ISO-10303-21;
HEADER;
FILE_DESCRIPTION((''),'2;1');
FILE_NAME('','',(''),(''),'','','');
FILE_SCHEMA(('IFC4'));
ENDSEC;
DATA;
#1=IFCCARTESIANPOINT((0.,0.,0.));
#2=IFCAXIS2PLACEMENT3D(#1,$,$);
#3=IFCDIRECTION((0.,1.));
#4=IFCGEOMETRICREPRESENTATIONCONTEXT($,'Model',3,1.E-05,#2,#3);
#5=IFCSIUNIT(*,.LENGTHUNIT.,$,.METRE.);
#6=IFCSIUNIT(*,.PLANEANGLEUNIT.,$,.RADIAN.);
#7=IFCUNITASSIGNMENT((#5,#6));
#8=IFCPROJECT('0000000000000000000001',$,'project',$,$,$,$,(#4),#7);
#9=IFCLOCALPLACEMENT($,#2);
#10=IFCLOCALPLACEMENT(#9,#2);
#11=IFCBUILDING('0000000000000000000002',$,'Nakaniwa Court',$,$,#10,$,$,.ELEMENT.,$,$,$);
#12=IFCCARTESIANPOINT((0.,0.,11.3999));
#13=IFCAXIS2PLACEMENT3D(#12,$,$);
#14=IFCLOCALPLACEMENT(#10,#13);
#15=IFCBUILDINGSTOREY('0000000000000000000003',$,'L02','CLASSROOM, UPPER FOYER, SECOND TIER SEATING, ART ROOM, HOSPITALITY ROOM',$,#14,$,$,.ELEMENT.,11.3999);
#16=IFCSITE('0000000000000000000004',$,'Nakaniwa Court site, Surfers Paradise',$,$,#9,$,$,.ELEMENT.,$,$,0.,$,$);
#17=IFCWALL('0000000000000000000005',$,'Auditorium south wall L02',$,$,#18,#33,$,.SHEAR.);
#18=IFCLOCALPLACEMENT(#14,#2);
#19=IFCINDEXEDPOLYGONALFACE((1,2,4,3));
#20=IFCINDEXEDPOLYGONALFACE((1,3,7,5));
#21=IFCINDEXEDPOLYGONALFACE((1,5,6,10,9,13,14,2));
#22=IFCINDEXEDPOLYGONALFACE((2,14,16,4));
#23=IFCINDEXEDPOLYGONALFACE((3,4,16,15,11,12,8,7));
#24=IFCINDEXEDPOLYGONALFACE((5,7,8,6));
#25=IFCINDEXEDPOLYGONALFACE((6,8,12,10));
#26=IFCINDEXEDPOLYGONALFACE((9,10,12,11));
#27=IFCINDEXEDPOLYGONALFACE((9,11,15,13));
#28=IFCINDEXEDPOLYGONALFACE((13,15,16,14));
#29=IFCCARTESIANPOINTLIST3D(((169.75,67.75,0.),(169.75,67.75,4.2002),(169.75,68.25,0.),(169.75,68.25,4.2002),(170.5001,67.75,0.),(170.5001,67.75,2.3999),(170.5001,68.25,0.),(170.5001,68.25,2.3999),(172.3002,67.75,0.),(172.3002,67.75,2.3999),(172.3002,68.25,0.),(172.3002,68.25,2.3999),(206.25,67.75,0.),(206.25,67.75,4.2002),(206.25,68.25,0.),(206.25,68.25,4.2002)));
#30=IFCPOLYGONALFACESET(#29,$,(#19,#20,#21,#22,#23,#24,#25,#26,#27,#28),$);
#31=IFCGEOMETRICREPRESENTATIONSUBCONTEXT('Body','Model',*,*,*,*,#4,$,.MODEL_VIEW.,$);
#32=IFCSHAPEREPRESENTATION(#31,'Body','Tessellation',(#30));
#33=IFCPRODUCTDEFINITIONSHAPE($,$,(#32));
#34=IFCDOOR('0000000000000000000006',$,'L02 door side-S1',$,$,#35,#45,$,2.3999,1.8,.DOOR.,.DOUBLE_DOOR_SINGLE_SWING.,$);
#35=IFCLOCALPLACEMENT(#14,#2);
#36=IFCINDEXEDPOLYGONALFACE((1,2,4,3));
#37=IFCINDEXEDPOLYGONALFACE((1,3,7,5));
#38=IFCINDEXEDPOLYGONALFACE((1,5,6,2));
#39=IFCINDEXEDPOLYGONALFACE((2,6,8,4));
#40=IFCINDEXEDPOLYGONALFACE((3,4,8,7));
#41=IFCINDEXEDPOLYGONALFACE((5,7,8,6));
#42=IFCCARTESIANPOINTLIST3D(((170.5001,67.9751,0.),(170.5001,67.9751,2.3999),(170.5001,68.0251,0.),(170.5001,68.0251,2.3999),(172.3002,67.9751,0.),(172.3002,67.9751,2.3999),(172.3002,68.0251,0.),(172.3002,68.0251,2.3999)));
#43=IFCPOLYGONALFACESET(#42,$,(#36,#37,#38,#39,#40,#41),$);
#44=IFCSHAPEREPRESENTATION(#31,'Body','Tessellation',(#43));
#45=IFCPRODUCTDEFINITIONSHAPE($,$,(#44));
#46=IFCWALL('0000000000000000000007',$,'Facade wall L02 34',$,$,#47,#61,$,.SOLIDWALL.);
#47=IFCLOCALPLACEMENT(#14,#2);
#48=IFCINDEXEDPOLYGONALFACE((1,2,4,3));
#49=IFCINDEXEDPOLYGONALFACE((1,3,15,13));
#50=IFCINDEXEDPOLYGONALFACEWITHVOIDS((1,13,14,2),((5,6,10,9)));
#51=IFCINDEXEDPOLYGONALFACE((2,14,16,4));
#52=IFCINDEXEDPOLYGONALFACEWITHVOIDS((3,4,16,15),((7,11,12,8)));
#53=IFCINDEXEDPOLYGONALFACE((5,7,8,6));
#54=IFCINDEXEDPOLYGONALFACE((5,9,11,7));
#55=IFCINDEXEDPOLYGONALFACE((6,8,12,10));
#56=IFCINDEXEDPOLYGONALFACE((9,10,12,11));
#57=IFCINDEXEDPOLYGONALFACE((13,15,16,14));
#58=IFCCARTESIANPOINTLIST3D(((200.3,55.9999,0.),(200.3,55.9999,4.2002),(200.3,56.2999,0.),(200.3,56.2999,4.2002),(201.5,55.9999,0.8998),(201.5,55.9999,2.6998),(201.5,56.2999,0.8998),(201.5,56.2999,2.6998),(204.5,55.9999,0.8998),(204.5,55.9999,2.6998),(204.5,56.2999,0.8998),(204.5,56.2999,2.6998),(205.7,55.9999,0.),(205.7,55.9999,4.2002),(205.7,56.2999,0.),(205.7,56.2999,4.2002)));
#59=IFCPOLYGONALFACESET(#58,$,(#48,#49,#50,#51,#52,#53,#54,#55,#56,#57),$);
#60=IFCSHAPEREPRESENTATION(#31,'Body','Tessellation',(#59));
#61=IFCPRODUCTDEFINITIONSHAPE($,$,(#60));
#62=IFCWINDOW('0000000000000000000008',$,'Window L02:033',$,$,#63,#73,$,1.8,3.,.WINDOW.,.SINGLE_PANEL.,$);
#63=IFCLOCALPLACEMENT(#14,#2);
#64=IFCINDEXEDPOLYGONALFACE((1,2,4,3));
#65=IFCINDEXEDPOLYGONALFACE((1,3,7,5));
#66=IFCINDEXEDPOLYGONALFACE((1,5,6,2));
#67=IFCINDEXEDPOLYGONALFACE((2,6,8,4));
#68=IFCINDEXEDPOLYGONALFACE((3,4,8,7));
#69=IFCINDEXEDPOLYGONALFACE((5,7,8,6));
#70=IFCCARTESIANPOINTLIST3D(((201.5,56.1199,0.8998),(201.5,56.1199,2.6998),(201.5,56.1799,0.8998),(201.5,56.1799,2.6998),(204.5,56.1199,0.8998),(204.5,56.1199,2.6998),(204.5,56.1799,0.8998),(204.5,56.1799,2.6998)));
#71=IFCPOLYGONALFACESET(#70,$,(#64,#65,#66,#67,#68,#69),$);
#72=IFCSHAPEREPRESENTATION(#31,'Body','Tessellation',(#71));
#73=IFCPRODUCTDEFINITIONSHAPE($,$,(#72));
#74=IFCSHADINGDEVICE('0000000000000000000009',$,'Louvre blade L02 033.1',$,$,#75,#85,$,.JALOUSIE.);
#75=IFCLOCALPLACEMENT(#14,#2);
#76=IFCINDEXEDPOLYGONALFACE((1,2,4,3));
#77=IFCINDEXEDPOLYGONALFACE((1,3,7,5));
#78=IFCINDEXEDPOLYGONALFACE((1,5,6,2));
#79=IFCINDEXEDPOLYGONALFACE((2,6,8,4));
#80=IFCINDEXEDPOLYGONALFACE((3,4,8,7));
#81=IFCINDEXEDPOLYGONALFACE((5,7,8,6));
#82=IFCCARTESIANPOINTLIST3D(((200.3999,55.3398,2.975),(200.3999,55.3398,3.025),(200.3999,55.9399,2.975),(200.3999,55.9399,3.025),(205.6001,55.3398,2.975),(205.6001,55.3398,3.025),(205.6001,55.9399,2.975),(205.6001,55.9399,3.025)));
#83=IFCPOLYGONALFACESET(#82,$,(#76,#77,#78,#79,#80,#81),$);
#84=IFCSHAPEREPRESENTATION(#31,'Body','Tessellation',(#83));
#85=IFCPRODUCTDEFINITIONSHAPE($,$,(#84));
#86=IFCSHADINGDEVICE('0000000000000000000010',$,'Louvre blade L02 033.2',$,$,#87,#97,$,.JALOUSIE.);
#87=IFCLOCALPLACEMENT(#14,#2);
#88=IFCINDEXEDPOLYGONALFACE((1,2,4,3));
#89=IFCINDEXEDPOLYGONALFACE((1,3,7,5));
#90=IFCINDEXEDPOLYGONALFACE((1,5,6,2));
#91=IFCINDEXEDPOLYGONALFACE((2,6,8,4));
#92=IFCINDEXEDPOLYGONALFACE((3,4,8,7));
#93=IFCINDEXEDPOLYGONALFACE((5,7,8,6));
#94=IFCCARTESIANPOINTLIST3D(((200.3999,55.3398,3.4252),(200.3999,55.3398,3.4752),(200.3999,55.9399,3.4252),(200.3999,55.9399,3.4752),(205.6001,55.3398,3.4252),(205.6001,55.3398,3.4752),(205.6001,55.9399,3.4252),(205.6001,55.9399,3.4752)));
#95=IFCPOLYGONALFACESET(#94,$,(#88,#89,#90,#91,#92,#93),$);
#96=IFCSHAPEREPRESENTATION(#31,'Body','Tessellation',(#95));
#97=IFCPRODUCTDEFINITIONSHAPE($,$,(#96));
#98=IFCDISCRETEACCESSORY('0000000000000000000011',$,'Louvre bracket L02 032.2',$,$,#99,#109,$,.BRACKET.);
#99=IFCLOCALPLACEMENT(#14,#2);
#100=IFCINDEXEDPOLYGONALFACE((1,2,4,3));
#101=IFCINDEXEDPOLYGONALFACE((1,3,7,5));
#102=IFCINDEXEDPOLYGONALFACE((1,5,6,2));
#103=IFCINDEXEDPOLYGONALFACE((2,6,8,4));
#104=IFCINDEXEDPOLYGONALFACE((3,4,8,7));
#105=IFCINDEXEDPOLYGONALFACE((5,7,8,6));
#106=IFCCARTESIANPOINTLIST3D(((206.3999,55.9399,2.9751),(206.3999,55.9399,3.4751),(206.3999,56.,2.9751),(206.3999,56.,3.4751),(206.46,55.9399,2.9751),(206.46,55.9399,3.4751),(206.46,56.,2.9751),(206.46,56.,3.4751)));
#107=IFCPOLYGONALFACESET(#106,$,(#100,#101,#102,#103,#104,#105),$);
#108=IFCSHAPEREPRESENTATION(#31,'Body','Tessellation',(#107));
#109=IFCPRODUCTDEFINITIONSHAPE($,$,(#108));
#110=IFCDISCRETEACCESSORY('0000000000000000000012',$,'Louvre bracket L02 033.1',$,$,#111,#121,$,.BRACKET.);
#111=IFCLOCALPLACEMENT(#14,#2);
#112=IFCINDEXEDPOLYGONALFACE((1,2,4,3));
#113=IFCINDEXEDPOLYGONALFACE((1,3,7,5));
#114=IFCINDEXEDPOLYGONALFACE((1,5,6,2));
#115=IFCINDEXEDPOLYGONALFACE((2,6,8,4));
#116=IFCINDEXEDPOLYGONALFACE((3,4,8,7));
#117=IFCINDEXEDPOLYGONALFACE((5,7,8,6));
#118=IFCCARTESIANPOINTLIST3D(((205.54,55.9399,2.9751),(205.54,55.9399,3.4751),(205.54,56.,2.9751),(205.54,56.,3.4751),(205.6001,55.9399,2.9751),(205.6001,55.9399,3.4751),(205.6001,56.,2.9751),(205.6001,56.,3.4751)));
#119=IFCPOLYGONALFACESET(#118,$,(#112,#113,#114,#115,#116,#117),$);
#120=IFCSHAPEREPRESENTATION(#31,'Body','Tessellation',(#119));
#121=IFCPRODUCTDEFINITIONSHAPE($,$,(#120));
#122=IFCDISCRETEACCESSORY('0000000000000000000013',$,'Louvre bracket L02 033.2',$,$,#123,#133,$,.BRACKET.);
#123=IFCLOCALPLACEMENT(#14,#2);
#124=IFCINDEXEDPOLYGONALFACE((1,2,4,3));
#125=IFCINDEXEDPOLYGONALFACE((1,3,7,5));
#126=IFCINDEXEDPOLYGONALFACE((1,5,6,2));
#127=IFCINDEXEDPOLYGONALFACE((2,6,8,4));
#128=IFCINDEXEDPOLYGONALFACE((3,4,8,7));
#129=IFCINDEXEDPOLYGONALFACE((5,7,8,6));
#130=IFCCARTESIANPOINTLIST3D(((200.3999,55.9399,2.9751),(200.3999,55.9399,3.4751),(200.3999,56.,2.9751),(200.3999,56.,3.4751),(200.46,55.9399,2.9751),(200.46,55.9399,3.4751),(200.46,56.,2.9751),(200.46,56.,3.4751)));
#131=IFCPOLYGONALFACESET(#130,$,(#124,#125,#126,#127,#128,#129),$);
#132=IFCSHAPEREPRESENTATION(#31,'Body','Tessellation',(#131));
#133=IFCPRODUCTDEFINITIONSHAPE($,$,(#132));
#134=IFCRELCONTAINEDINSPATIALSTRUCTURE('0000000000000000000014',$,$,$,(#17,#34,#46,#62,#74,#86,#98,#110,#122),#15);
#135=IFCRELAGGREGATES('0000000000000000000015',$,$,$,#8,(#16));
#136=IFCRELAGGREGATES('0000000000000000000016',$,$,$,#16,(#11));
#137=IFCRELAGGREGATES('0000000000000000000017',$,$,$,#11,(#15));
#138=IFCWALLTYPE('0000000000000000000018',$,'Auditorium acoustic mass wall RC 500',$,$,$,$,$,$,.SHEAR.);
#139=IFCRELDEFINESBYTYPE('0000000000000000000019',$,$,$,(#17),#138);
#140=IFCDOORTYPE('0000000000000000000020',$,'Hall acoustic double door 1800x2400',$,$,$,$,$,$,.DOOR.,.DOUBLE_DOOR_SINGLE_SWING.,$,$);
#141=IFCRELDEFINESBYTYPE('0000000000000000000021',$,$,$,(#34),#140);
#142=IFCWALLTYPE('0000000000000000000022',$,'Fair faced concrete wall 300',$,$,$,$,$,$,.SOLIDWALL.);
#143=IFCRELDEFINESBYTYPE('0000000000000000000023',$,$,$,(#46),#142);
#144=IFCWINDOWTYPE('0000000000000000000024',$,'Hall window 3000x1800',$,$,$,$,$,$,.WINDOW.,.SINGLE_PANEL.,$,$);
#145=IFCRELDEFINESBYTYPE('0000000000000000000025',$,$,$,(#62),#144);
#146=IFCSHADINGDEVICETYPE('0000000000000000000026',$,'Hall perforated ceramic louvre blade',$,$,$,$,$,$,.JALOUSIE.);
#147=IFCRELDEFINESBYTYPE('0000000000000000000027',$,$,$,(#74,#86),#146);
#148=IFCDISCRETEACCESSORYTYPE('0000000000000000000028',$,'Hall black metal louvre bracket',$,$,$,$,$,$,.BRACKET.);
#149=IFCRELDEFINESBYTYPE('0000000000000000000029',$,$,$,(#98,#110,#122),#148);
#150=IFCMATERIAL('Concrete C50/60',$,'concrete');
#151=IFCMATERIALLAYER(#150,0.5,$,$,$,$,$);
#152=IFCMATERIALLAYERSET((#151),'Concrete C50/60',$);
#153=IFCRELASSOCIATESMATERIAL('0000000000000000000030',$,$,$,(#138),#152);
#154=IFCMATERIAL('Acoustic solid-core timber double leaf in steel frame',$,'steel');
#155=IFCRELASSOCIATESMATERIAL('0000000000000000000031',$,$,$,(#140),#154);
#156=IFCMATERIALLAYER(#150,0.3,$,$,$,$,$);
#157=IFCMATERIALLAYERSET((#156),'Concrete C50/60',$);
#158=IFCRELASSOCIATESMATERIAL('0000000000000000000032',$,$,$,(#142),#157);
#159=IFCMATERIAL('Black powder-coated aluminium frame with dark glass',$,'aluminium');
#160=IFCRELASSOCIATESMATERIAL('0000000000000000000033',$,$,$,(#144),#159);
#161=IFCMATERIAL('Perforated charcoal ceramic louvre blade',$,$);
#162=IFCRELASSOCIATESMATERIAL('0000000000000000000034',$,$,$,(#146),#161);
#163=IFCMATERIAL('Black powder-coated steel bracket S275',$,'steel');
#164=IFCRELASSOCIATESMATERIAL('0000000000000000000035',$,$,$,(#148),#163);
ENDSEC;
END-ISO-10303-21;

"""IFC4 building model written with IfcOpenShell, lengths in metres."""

from ifc_helpers import new_model, si_unit, direction, frame, frame_2d, origin, origin_2d, place, context, subcontext, project, spatial, rectangle, extrude, material, layer, layer_set, material_profile, profile_set, type_object, element, fill, save


model = new_model("IFC4")

# Units and contexts
model_context = context("Model", 3, precision=1e-05, world=origin(), true_north=direction((0.0, 1.0)))
body_context = subcontext(model_context, "Body", "Model", "MODEL_VIEW")
ifc_project = project(units=[si_unit("LENGTHUNIT", "METRE"), si_unit("PLANEANGLEUNIT", "RADIAN")], contexts=[model_context])

# Site, building, storey
site_placement = place(None, origin())
site = spatial("IfcSite", under=ifc_project, at=site_placement, Name="Nakaniwa Court site, Surfers Paradise", CompositionType="ELEMENT", RefElevation=0.0)
building_placement = place(site_placement, origin())
building = spatial("IfcBuilding", under=site, at=building_placement, Name="Nakaniwa Court", CompositionType="ELEMENT")
storey_placement = place(building_placement, frame((0.0, 0.0, 11.3999)))
storey = spatial("IfcBuildingStorey", under=building, at=storey_placement, Name="L02", Description="CLASSROOM, UPPER FOYER, SECOND TIER SEATING, ART ROOM, HOSPITALITY ROOM", CompositionType="ELEMENT", Elevation=11.3999)

# Shared definitions
ifc_material_1 = material(Name="Concrete C50/60", Category="concrete")

# Wall, opening, door
ifc_layer_1 = layer(ifc_material_1, 0.5)
ifc_layer_set_1 = layer_set([ifc_layer_1], Name="Concrete C50/60")
wall_type_1 = type_object("IfcWallType", Name="Auditorium acoustic mass wall RC 500", PredefinedType="SHEAR", material=ifc_layer_set_1)
wall_1_placement = place(storey_placement, frame((206.25, 68.0, 0.0), z_axis=(0.0, 0.0, 1.0), x_axis=(-1.0, 0.0, 0.0)))
wall_1 = element("IfcWall", 1, at=wall_1_placement, inside=storey, type_object=wall_type_1, Name="Auditorium south wall L02", PredefinedType="SHEAR", context=body_context, shape_type="SweptSolid", body=[
    extrude(rectangle(XDim=36.5, YDim=0.5, at=frame_2d((18.25, 0.0))), origin(), (0.0, 0.0, 1.0), 4.2002),
])
opening_1_placement = place(wall_1_placement, frame((33.95, 0.0, 0.0)))
opening_1 = element("IfcOpeningElement", 2, at=opening_1_placement, cuts=wall_1, PredefinedType="OPENING", context=body_context, shape_type="SweptSolid", body=[
    extrude(rectangle(XDim=1.8, YDim=2.3999, at=frame_2d((0.8999, 1.2))), frame((0.0, 0.26, 0.0), z_axis=(0.0, -1.0, 0.0), x_axis=(1.0, 0.0, 0.0)), (0.0, 0.0, 1.0), 0.52),
])
ifc_material_2 = material(Name="Acoustic solid-core timber double leaf in steel frame", Category="steel")
door_type_1 = type_object("IfcDoorType", Name="Hall acoustic double door 1800x2400", OperationType="DOUBLE_DOOR_SINGLE_SWING", PredefinedType="DOOR", material=ifc_material_2)
door_1_placement = place(opening_1_placement, origin())
door_1 = element("IfcDoor", 3, at=door_1_placement, inside=storey, type_object=door_type_1, Name="L02 door side-S1", OperationType="DOUBLE_DOOR_SINGLE_SWING", OverallHeight=2.3999, OverallWidth=1.8, PredefinedType="DOOR", context=body_context, shape_type="SweptSolid", body=[
    extrude(rectangle(XDim=1.8, YDim=2.3999, at=frame_2d((0.8999, 1.2))), frame((0.0, 0.0249, 0.0), z_axis=(0.0, -1.0, 0.0), x_axis=(1.0, 0.0, 0.0)), (0.0, 0.0, 1.0), 0.05),
])
fill(opening_1, door_1)

# Wall, opening, window
ifc_layer_2 = layer(ifc_material_1, 0.3)
ifc_layer_set_2 = layer_set([ifc_layer_2], Name="Concrete C50/60")
wall_type_2 = type_object("IfcWallType", Name="Fair faced concrete wall 300", PredefinedType="SOLIDWALL", material=ifc_layer_set_2)
wall_2_placement = place(storey_placement, frame((205.7, 56.1499, 0.0), z_axis=(0.0, 0.0, 1.0), x_axis=(-1.0, 0.0, 0.0)))
wall_2 = element("IfcWall", 4, at=wall_2_placement, inside=storey, type_object=wall_type_2, Name="Facade wall L02 34", PredefinedType="SOLIDWALL", context=body_context, shape_type="SweptSolid", body=[
    extrude(rectangle(XDim=5.3999, YDim=0.3, at=frame_2d((2.7, 0.0))), origin(), (0.0, 0.0, 1.0), 4.2002),
])
opening_2_placement = place(wall_2_placement, frame((1.2, 0.0, 0.8999)))
opening_2 = element("IfcOpeningElement", 5, at=opening_2_placement, cuts=wall_2, PredefinedType="OPENING", context=body_context, shape_type="SweptSolid", body=[
    extrude(rectangle(XDim=3.0, YDim=1.8, at=frame_2d((1.5, 0.8999))), frame((0.0, 0.1599, 0.0), z_axis=(0.0, -1.0, 0.0), x_axis=(1.0, 0.0, 0.0)), (0.0, 0.0, 1.0), 0.3201),
])
ifc_material_3 = material(Name="Black powder-coated aluminium frame with dark glass", Category="aluminium")
window_type = type_object("IfcWindowType", Name="Hall window 3000x1800", PartitioningType="SINGLE_PANEL", PredefinedType="WINDOW", material=ifc_material_3)
window_placement = place(opening_2_placement, origin())
window = element("IfcWindow", 6, at=window_placement, inside=storey, type_object=window_type, Name="Window L02:033", OverallHeight=1.8, OverallWidth=3.0, PartitioningType="SINGLE_PANEL", PredefinedType="WINDOW", context=body_context, shape_type="SweptSolid", body=[
    extrude(rectangle(XDim=3.0, YDim=1.8, at=frame_2d((1.5, 0.8999))), frame((0.0, 0.03, 0.0), z_axis=(0.0, -1.0, 0.0), x_axis=(1.0, 0.0, 0.0)), (0.0, 0.0, 1.0), 0.0601),
])
fill(opening_2, window)

# Shading devices
ifc_material_4 = material(Name="Perforated charcoal ceramic louvre blade")
ifc_material_profile_1 = material_profile(ifc_material_4, rectangle(XDim=0.6001, YDim=0.05, at=origin_2d()), Name="Hall perforated ceramic louvre blade")
ifc_profile_set_1 = profile_set([ifc_material_profile_1], Name="Perforated charcoal ceramic louvre blade")
shading_device_type = type_object("IfcShadingDeviceType", Name="Hall perforated ceramic louvre blade", PredefinedType="JALOUSIE", material=ifc_profile_set_1)
for number, where, z_axis, x_axis, name in (
    (7, (205.6001, 55.6399, 3.0), (-1.0, 0.0, 0.0), (0.0, -1.0, 0.0), "Louvre blade L02 033.1"),
    (8, (205.6001, 55.6399, 3.4502), (-1.0, 0.0, 0.0), (0.0, -1.0, 0.0), "Louvre blade L02 033.2"),
):
    element("IfcShadingDevice", number, at=place(storey_placement, frame(where, z_axis=z_axis, x_axis=x_axis)), inside=storey, type_object=shading_device_type, Name=name, PredefinedType="JALOUSIE", context=body_context, shape_type="SweptSolid", body=[
        extrude(rectangle(XDim=0.6001, YDim=0.05, at=origin_2d()), origin(), (0.0, 0.0, 1.0), 5.2002),
    ])

# Discrete accessories
ifc_material_5 = material(Name="Black powder-coated steel bracket S275", Category="steel")
discrete_accessory_type = type_object("IfcDiscreteAccessoryType", Name="Hall black metal louvre bracket", PredefinedType="BRACKET", material=ifc_material_5)
for number, where, z_axis, x_axis, name in (
    (9, (206.4299, 55.97, 2.9751), (0.0, 0.0, 1.0), (-1.0, 0.0, 0.0), "Louvre bracket L02 032.2"),
    (10, (205.5701, 55.97, 2.9751), (0.0, 0.0, 1.0), (-1.0, 0.0, 0.0), "Louvre bracket L02 033.1"),
    (11, (200.4299, 55.97, 2.9751), (0.0, 0.0, 1.0), (-1.0, 0.0, 0.0), "Louvre bracket L02 033.2"),
):
    element("IfcDiscreteAccessory", number, at=place(storey_placement, frame(where, z_axis=z_axis, x_axis=x_axis)), inside=storey, type_object=discrete_accessory_type, Name=name, PredefinedType="BRACKET", context=body_context, shape_type="SweptSolid", body=[
        extrude(rectangle(XDim=0.0601, YDim=0.0601, at=origin_2d()), origin(), (0.0, 0.0, 1.0), 0.5),
    ])

save(model, "model.ifc")
